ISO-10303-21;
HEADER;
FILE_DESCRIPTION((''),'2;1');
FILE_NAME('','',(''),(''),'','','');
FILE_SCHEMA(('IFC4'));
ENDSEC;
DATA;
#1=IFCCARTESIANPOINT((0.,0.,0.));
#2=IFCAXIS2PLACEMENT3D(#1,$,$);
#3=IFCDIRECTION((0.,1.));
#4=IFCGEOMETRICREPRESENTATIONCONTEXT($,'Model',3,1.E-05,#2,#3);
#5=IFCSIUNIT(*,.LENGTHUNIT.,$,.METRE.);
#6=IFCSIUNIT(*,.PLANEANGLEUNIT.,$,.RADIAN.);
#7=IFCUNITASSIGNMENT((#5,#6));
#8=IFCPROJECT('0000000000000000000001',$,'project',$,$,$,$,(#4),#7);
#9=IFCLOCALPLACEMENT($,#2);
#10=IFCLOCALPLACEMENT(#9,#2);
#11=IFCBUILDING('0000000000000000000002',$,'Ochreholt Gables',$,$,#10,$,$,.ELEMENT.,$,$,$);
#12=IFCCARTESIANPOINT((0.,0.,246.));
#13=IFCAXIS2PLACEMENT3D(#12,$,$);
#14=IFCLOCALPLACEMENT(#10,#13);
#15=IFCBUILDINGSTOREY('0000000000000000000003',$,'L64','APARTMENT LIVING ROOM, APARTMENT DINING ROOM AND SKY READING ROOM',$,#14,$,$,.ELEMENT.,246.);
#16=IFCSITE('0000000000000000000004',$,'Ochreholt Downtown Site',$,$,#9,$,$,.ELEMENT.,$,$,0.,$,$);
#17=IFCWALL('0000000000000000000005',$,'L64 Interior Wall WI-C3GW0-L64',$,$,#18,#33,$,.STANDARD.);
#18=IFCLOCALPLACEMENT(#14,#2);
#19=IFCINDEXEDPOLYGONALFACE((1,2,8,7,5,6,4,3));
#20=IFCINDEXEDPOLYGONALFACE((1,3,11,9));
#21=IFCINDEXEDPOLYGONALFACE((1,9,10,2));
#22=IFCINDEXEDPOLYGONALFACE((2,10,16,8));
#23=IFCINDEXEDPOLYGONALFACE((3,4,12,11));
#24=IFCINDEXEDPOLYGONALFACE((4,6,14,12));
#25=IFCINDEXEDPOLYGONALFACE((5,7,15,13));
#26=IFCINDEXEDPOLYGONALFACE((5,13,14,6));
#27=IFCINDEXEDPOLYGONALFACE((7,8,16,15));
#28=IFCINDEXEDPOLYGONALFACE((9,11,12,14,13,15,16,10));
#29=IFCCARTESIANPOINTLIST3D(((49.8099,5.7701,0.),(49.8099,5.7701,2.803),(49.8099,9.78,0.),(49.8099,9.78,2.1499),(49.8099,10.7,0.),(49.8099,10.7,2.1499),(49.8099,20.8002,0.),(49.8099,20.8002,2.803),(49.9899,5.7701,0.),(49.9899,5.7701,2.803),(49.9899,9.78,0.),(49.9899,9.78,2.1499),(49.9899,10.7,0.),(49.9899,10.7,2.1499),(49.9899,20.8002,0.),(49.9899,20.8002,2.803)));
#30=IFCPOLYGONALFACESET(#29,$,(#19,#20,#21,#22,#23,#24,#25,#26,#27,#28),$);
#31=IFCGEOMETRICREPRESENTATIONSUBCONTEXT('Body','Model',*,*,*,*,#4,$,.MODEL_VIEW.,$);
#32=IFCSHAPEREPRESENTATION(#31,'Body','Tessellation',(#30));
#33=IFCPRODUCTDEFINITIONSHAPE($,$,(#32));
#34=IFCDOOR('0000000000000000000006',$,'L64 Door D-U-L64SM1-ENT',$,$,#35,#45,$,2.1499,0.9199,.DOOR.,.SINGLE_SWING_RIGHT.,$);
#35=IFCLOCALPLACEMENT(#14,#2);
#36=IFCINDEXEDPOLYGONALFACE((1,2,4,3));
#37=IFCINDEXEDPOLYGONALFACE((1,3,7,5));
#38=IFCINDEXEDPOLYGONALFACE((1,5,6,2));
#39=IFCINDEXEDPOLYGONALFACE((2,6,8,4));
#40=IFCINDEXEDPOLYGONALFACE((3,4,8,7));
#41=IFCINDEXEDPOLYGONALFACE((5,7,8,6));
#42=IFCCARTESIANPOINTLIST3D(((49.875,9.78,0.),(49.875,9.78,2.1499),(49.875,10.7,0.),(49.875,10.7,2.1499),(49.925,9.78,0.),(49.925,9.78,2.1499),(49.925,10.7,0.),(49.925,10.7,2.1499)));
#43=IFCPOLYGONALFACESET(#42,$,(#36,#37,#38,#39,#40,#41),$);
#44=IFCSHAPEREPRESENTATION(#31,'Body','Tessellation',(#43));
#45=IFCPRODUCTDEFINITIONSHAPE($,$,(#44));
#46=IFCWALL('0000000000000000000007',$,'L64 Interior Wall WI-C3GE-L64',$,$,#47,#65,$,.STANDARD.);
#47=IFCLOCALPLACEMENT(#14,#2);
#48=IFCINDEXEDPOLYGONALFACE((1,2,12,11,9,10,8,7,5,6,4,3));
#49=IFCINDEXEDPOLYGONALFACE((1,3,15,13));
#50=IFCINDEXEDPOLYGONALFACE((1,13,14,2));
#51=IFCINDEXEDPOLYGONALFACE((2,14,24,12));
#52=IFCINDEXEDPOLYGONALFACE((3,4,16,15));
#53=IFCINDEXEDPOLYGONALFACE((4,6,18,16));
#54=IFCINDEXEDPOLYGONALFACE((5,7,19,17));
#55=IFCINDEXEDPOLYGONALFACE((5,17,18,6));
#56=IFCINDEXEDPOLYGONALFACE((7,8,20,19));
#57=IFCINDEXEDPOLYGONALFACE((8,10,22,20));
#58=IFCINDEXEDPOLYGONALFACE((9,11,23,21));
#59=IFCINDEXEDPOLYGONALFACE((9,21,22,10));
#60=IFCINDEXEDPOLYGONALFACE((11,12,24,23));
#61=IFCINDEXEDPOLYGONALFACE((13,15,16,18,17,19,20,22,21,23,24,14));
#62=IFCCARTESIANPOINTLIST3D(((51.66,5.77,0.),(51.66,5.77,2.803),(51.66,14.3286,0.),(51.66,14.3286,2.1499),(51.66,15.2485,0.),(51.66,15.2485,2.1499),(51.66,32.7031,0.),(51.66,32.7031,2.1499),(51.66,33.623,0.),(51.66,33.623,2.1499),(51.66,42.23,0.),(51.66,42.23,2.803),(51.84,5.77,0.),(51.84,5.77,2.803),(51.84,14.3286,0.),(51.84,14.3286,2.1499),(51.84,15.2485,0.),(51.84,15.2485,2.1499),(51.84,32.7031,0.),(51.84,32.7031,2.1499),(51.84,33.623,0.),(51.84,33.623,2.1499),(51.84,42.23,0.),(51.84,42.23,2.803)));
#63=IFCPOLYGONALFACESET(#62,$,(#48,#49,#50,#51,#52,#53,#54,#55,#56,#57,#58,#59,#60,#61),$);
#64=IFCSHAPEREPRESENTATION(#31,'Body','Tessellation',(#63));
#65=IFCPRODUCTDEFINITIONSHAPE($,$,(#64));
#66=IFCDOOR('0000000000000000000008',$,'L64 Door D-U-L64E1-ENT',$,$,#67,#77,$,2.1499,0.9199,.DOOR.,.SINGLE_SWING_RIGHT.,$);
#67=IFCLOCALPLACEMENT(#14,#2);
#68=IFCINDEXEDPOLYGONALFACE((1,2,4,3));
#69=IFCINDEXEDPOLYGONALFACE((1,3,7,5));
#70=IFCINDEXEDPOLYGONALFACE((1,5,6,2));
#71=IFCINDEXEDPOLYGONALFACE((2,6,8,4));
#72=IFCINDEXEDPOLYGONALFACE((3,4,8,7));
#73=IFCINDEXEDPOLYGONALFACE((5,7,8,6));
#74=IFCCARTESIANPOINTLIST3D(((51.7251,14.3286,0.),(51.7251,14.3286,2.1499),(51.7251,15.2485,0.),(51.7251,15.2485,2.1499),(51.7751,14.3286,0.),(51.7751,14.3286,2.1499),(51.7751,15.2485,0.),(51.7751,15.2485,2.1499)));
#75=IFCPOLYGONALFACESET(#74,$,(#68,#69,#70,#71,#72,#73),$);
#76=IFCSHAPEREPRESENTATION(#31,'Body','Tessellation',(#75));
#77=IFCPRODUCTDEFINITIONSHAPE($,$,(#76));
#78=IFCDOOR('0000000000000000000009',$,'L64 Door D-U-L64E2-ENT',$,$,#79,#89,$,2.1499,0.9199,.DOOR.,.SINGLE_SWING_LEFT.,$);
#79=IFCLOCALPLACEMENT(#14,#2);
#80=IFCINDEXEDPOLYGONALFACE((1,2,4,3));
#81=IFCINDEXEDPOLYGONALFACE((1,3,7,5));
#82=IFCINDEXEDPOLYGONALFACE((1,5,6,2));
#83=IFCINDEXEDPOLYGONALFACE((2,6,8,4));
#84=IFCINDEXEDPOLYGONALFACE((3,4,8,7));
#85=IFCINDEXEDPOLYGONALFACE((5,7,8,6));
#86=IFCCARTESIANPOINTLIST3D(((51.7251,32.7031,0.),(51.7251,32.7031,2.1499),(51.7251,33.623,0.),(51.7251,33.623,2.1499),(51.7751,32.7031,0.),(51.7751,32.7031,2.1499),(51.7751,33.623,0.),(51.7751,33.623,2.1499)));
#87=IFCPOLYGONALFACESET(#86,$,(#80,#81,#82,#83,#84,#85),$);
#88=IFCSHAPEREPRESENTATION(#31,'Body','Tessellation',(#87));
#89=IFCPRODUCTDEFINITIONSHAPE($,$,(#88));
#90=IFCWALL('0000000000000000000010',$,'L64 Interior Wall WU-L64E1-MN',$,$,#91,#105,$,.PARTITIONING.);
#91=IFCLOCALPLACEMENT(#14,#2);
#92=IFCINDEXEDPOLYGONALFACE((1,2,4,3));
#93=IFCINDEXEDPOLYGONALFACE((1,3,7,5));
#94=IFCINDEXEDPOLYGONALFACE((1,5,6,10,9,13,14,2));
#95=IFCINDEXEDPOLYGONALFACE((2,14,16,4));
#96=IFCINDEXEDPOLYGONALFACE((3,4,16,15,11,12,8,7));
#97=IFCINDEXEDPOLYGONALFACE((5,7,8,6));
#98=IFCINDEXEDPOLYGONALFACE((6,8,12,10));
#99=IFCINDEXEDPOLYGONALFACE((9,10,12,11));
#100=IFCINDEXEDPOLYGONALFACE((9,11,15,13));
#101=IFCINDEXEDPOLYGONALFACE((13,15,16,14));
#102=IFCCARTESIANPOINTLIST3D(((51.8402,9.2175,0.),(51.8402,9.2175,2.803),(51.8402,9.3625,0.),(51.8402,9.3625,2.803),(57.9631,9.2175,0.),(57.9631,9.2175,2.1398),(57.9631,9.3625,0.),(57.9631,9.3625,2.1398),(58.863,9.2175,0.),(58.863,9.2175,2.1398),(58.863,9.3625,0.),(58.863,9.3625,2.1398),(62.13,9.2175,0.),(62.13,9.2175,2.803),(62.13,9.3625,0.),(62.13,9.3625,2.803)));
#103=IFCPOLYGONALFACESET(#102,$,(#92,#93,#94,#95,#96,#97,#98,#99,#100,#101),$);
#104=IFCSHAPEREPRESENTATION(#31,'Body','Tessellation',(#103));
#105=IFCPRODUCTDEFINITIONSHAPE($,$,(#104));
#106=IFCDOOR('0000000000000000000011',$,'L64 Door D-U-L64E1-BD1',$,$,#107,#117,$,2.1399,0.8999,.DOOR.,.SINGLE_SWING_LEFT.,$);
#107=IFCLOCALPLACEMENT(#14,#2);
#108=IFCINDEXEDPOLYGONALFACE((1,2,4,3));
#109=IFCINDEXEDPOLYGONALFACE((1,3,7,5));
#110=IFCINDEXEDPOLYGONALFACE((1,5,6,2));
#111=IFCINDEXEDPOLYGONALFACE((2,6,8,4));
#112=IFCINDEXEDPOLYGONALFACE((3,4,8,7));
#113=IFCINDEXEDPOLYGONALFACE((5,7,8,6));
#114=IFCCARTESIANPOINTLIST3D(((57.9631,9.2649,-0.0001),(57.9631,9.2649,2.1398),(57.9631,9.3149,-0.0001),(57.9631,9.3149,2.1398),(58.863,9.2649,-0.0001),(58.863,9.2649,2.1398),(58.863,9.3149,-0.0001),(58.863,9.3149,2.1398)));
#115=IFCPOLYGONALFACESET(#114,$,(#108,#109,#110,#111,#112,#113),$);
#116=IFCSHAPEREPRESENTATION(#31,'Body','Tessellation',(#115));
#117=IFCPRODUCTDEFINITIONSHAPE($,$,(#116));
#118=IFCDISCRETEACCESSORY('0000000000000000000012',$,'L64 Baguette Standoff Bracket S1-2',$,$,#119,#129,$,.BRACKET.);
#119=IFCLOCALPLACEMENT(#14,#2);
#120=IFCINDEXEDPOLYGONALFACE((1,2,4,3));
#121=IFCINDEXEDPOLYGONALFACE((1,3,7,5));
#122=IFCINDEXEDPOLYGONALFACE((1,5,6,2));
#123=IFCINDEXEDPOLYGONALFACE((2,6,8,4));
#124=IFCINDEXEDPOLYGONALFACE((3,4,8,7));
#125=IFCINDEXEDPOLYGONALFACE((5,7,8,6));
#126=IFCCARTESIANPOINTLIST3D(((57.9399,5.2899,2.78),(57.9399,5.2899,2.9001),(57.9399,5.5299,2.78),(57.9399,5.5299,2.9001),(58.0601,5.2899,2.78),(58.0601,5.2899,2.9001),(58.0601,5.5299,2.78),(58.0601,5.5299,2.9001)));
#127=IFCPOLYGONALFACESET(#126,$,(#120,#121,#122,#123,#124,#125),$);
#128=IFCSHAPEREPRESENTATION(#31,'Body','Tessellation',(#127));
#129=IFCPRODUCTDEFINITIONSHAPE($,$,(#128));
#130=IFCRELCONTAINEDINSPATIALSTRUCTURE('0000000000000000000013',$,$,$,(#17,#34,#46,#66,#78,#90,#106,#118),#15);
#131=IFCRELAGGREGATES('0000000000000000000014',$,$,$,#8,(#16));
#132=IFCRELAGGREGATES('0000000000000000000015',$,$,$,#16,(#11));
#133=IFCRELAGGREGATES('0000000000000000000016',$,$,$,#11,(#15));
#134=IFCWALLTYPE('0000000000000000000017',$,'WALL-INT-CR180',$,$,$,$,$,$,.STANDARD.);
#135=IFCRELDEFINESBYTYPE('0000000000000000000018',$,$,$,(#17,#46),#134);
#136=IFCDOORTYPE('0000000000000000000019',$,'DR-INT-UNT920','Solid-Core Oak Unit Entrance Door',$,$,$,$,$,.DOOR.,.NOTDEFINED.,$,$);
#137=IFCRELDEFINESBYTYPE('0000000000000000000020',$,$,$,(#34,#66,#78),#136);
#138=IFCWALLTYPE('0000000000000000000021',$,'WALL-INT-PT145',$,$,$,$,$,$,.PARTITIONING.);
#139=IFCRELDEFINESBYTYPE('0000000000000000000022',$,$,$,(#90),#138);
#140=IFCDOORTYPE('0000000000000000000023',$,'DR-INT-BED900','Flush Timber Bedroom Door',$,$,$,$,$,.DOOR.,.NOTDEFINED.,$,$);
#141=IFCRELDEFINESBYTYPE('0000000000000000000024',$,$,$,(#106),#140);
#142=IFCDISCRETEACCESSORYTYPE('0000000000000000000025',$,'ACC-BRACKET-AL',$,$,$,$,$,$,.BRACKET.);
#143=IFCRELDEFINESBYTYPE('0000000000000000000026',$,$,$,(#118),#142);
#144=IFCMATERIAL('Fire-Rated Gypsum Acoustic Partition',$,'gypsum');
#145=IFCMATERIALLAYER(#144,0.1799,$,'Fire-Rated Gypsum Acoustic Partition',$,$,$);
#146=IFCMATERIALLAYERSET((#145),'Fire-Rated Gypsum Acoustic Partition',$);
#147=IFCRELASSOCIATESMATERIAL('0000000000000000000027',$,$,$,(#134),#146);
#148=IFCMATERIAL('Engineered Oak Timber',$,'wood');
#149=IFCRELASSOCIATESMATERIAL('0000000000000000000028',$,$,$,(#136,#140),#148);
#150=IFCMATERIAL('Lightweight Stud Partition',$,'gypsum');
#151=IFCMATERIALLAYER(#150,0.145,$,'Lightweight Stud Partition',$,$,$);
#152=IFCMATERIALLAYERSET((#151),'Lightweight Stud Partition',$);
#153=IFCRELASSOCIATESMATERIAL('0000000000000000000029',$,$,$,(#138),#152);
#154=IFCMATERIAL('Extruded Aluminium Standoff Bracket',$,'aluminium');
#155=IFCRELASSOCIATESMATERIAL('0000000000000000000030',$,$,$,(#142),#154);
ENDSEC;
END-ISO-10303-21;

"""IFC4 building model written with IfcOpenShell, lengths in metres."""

from ifc_helpers import new_model, si_unit, direction, frame, frame_2d, origin, origin_2d, place, context, subcontext, project, spatial, rectangle, extrude, material, layer, layer_set, type_object, element, fill, save


model = new_model("IFC4")

# Units and contexts
model_context = context("Model", 3, precision=1e-05, world=origin(), true_north=direction((0.0, 1.0)))
body_context = subcontext(model_context, "Body", "Model", "MODEL_VIEW")
ifc_project = project(units=[si_unit("LENGTHUNIT", "METRE"), si_unit("PLANEANGLEUNIT", "RADIAN")], contexts=[model_context])

# Site, building, storey
site_placement = place(None, origin())
site = spatial("IfcSite", under=ifc_project, at=site_placement, Name="Ochreholt Downtown Site", CompositionType="ELEMENT", RefElevation=0.0)
building_placement = place(site_placement, origin())
building = spatial("IfcBuilding", under=site, at=building_placement, Name="Ochreholt Gables", CompositionType="ELEMENT")
storey_placement = place(building_placement, frame((0.0, 0.0, 246.0)))
storey = spatial("IfcBuildingStorey", under=building, at=storey_placement, Name="L64", Description="APARTMENT LIVING ROOM, APARTMENT DINING ROOM AND SKY READING ROOM", CompositionType="ELEMENT", Elevation=246.0)

# Wall, opening, door
ifc_material_1 = material(Name="Fire-Rated Gypsum Acoustic Partition", Category="gypsum")
ifc_layer_1 = layer(ifc_material_1, 0.1799, Name="Fire-Rated Gypsum Acoustic Partition")
ifc_layer_set_1 = layer_set([ifc_layer_1], Name="Fire-Rated Gypsum Acoustic Partition")
wall_type_1 = type_object("IfcWallType", Name="WALL-INT-CR180", PredefinedType="STANDARD", material=ifc_layer_set_1)
wall_1_placement = place(storey_placement, frame((49.8999, 5.77, 0.0), z_axis=(0.0, 0.0, 1.0), x_axis=(0.0, 1.0, 0.0)))
wall_1 = element("IfcWall", 1, at=wall_1_placement, inside=storey, type_object=wall_type_1, Name="L64 Interior Wall WI-C3GW0-L64", PredefinedType="STANDARD", context=body_context, shape_type="SweptSolid", body=[
    extrude(rectangle(XDim=15.03, YDim=0.1799, at=frame_2d((7.5151, 0.0))), origin(), (0.0, 0.0, 1.0), 2.803),
])
opening_1_placement = place(wall_1_placement, frame((4.01, 0.0, 0.0)))
opening_1 = element("IfcOpeningElement", 2, at=opening_1_placement, cuts=wall_1, PredefinedType="OPENING", context=body_context, shape_type="SweptSolid", body=[
    extrude(rectangle(XDim=0.9199, YDim=2.1499, at=frame_2d((0.46, 1.075))), frame((0.0, 0.0999, 0.0), z_axis=(0.0, -1.0, 0.0), x_axis=(1.0, 0.0, 0.0)), (0.0, 0.0, 1.0), 0.2),
])
ifc_material_2 = material(Name="Engineered Oak Timber", Category="wood")
door_type_1 = type_object("IfcDoorType", Name="DR-INT-UNT920", Description="Solid-Core Oak Unit Entrance Door", OperationType="NOTDEFINED", PredefinedType="DOOR", material=ifc_material_2)
door_1_placement = place(opening_1_placement, origin())
door_1 = element("IfcDoor", 3, at=door_1_placement, inside=storey, type_object=door_type_1, Name="L64 Door D-U-L64SM1-ENT", OperationType="SINGLE_SWING_RIGHT", OverallHeight=2.1499, OverallWidth=0.9199, PredefinedType="DOOR", context=body_context, shape_type="SweptSolid", body=[
    extrude(rectangle(XDim=0.9199, YDim=2.1499, at=frame_2d((0.46, 1.075))), frame((0.0, 0.0249, 0.0), z_axis=(0.0, -1.0, 0.0), x_axis=(1.0, 0.0, 0.0)), (0.0, 0.0, 1.0), 0.05),
])
fill(opening_1, door_1)

# Wall, openings, doors
wall_2_placement = place(storey_placement, frame((51.75, 5.77, 0.0), z_axis=(0.0, 0.0, 1.0), x_axis=(0.0, 1.0, 0.0)))
wall_2 = element("IfcWall", 4, at=wall_2_placement, inside=storey, type_object=wall_type_1, Name="L64 Interior Wall WI-C3GE-L64", PredefinedType="STANDARD", context=body_context, shape_type="SweptSolid", body=[
    extrude(rectangle(XDim=36.46, YDim=0.1799, at=frame_2d((18.23, 0.0))), origin(), (0.0, 0.0, 1.0), 2.803),
])
opening_2_placement = place(wall_2_placement, frame((8.5586, 0.0, 0.0)))
opening_2 = element("IfcOpeningElement", 5, at=opening_2_placement, cuts=wall_2, PredefinedType="OPENING", context=body_context, shape_type="SweptSolid", body=[
    extrude(rectangle(XDim=0.9199, YDim=2.1499, at=frame_2d((0.46, 1.075))), frame((0.0, 0.0999, 0.0), z_axis=(0.0, -1.0, 0.0), x_axis=(1.0, 0.0, 0.0)), (0.0, 0.0, 1.0), 0.2),
])
opening_3_placement = place(wall_2_placement, frame((26.9331, 0.0, 0.0)))
opening_3 = element("IfcOpeningElement", 6, at=opening_3_placement, cuts=wall_2, PredefinedType="OPENING", context=body_context, shape_type="SweptSolid", body=[
    extrude(rectangle(XDim=0.9199, YDim=2.1499, at=frame_2d((0.46, 1.075))), frame((0.0, 0.0999, 0.0), z_axis=(0.0, -1.0, 0.0), x_axis=(1.0, 0.0, 0.0)), (0.0, 0.0, 1.0), 0.2),
])
door_2_placement = place(opening_2_placement, origin())
door_2 = element("IfcDoor", 7, at=door_2_placement, inside=storey, type_object=door_type_1, Name="L64 Door D-U-L64E1-ENT", OperationType="SINGLE_SWING_RIGHT", OverallHeight=2.1499, OverallWidth=0.9199, PredefinedType="DOOR", context=body_context, shape_type="SweptSolid", body=[
    extrude(rectangle(XDim=0.9199, YDim=2.1499, at=frame_2d((0.46, 1.075))), frame((0.0, 0.0249, 0.0), z_axis=(0.0, -1.0, 0.0), x_axis=(1.0, 0.0, 0.0)), (0.0, 0.0, 1.0), 0.05),
])
fill(opening_2, door_2)
door_3_placement = place(opening_3_placement, origin())
door_3 = element("IfcDoor", 8, at=door_3_placement, inside=storey, type_object=door_type_1, Name="L64 Door D-U-L64E2-ENT", OperationType="SINGLE_SWING_LEFT", OverallHeight=2.1499, OverallWidth=0.9199, PredefinedType="DOOR", context=body_context, shape_type="SweptSolid", body=[
    extrude(rectangle(XDim=0.9199, YDim=2.1499, at=frame_2d((0.46, 1.075))), frame((0.0, 0.0249, 0.0), z_axis=(0.0, -1.0, 0.0), x_axis=(1.0, 0.0, 0.0)), (0.0, 0.0, 1.0), 0.05),
])
fill(opening_3, door_3)

# Wall, opening, door
ifc_material_3 = material(Name="Lightweight Stud Partition", Category="gypsum")
ifc_layer_2 = layer(ifc_material_3, 0.145, Name="Lightweight Stud Partition")
ifc_layer_set_2 = layer_set([ifc_layer_2], Name="Lightweight Stud Partition")
wall_type_2 = type_object("IfcWallType", Name="WALL-INT-PT145", PredefinedType="PARTITIONING", material=ifc_layer_set_2)
wall_3_placement = place(storey_placement, frame((51.8401, 9.29, 0.0), z_axis=(0.0, 0.0, 1.0), x_axis=(1.0, 0.0, 0.0)))
wall_3 = element("IfcWall", 9, at=wall_3_placement, inside=storey, type_object=wall_type_2, Name="L64 Interior Wall WU-L64E1-MN", PredefinedType="PARTITIONING", context=body_context, shape_type="SweptSolid", body=[
    extrude(rectangle(XDim=10.2898, YDim=0.145, at=frame_2d((5.145, 0.0))), origin(), (0.0, 0.0, 1.0), 2.803),
])
opening_4_placement = place(wall_3_placement, frame((6.123, 0.0, 0.0)))
opening_4 = element("IfcOpeningElement", 10, at=opening_4_placement, cuts=wall_3, PredefinedType="OPENING", context=body_context, shape_type="SweptSolid", body=[
    extrude(rectangle(XDim=0.8999, YDim=2.1399, at=frame_2d((0.45, 1.0698))), frame((0.0, 0.0825, 0.0), z_axis=(0.0, -1.0, 0.0), x_axis=(1.0, 0.0, 0.0)), (0.0, 0.0, 1.0), 0.165),
])
door_type_2 = type_object("IfcDoorType", Name="DR-INT-BED900", Description="Flush Timber Bedroom Door", OperationType="NOTDEFINED", PredefinedType="DOOR", material=ifc_material_2)
door_4_placement = place(opening_4_placement, origin())
door_4 = element("IfcDoor", 11, at=door_4_placement, inside=storey, type_object=door_type_2, Name="L64 Door D-U-L64E1-BD1", OperationType="SINGLE_SWING_LEFT", OverallHeight=2.1399, OverallWidth=0.8999, PredefinedType="DOOR", context=body_context, shape_type="SweptSolid", body=[
    extrude(rectangle(XDim=0.8999, YDim=2.1399, at=frame_2d((0.45, 1.0698))), frame((0.0, 0.0249, 0.0), z_axis=(0.0, -1.0, 0.0), x_axis=(1.0, 0.0, 0.0)), (0.0, 0.0, 1.0), 0.05),
])
fill(opening_4, door_4)

# Discrete accessory
ifc_material_4 = material(Name="Extruded Aluminium Standoff Bracket", Category="aluminium")
discrete_accessory_type = type_object("IfcDiscreteAccessoryType", Name="ACC-BRACKET-AL", PredefinedType="BRACKET", material=ifc_material_4)
discrete_accessory_placement = place(storey_placement, frame((58.0, 5.4099, 2.78), z_axis=(0.0, 0.0, 1.0), x_axis=(1.0, 0.0, 0.0)))
element("IfcDiscreteAccessory", 12, at=discrete_accessory_placement, inside=storey, type_object=discrete_accessory_type, Name="L64 Baguette Standoff Bracket S1-2", PredefinedType="BRACKET", context=body_context, shape_type="SweptSolid", body=[
    extrude(rectangle(XDim=0.1201, YDim=0.24, at=origin_2d()), origin(), (0.0, 0.0, 1.0), 0.1201),
])

save(model, "model.ifc")
